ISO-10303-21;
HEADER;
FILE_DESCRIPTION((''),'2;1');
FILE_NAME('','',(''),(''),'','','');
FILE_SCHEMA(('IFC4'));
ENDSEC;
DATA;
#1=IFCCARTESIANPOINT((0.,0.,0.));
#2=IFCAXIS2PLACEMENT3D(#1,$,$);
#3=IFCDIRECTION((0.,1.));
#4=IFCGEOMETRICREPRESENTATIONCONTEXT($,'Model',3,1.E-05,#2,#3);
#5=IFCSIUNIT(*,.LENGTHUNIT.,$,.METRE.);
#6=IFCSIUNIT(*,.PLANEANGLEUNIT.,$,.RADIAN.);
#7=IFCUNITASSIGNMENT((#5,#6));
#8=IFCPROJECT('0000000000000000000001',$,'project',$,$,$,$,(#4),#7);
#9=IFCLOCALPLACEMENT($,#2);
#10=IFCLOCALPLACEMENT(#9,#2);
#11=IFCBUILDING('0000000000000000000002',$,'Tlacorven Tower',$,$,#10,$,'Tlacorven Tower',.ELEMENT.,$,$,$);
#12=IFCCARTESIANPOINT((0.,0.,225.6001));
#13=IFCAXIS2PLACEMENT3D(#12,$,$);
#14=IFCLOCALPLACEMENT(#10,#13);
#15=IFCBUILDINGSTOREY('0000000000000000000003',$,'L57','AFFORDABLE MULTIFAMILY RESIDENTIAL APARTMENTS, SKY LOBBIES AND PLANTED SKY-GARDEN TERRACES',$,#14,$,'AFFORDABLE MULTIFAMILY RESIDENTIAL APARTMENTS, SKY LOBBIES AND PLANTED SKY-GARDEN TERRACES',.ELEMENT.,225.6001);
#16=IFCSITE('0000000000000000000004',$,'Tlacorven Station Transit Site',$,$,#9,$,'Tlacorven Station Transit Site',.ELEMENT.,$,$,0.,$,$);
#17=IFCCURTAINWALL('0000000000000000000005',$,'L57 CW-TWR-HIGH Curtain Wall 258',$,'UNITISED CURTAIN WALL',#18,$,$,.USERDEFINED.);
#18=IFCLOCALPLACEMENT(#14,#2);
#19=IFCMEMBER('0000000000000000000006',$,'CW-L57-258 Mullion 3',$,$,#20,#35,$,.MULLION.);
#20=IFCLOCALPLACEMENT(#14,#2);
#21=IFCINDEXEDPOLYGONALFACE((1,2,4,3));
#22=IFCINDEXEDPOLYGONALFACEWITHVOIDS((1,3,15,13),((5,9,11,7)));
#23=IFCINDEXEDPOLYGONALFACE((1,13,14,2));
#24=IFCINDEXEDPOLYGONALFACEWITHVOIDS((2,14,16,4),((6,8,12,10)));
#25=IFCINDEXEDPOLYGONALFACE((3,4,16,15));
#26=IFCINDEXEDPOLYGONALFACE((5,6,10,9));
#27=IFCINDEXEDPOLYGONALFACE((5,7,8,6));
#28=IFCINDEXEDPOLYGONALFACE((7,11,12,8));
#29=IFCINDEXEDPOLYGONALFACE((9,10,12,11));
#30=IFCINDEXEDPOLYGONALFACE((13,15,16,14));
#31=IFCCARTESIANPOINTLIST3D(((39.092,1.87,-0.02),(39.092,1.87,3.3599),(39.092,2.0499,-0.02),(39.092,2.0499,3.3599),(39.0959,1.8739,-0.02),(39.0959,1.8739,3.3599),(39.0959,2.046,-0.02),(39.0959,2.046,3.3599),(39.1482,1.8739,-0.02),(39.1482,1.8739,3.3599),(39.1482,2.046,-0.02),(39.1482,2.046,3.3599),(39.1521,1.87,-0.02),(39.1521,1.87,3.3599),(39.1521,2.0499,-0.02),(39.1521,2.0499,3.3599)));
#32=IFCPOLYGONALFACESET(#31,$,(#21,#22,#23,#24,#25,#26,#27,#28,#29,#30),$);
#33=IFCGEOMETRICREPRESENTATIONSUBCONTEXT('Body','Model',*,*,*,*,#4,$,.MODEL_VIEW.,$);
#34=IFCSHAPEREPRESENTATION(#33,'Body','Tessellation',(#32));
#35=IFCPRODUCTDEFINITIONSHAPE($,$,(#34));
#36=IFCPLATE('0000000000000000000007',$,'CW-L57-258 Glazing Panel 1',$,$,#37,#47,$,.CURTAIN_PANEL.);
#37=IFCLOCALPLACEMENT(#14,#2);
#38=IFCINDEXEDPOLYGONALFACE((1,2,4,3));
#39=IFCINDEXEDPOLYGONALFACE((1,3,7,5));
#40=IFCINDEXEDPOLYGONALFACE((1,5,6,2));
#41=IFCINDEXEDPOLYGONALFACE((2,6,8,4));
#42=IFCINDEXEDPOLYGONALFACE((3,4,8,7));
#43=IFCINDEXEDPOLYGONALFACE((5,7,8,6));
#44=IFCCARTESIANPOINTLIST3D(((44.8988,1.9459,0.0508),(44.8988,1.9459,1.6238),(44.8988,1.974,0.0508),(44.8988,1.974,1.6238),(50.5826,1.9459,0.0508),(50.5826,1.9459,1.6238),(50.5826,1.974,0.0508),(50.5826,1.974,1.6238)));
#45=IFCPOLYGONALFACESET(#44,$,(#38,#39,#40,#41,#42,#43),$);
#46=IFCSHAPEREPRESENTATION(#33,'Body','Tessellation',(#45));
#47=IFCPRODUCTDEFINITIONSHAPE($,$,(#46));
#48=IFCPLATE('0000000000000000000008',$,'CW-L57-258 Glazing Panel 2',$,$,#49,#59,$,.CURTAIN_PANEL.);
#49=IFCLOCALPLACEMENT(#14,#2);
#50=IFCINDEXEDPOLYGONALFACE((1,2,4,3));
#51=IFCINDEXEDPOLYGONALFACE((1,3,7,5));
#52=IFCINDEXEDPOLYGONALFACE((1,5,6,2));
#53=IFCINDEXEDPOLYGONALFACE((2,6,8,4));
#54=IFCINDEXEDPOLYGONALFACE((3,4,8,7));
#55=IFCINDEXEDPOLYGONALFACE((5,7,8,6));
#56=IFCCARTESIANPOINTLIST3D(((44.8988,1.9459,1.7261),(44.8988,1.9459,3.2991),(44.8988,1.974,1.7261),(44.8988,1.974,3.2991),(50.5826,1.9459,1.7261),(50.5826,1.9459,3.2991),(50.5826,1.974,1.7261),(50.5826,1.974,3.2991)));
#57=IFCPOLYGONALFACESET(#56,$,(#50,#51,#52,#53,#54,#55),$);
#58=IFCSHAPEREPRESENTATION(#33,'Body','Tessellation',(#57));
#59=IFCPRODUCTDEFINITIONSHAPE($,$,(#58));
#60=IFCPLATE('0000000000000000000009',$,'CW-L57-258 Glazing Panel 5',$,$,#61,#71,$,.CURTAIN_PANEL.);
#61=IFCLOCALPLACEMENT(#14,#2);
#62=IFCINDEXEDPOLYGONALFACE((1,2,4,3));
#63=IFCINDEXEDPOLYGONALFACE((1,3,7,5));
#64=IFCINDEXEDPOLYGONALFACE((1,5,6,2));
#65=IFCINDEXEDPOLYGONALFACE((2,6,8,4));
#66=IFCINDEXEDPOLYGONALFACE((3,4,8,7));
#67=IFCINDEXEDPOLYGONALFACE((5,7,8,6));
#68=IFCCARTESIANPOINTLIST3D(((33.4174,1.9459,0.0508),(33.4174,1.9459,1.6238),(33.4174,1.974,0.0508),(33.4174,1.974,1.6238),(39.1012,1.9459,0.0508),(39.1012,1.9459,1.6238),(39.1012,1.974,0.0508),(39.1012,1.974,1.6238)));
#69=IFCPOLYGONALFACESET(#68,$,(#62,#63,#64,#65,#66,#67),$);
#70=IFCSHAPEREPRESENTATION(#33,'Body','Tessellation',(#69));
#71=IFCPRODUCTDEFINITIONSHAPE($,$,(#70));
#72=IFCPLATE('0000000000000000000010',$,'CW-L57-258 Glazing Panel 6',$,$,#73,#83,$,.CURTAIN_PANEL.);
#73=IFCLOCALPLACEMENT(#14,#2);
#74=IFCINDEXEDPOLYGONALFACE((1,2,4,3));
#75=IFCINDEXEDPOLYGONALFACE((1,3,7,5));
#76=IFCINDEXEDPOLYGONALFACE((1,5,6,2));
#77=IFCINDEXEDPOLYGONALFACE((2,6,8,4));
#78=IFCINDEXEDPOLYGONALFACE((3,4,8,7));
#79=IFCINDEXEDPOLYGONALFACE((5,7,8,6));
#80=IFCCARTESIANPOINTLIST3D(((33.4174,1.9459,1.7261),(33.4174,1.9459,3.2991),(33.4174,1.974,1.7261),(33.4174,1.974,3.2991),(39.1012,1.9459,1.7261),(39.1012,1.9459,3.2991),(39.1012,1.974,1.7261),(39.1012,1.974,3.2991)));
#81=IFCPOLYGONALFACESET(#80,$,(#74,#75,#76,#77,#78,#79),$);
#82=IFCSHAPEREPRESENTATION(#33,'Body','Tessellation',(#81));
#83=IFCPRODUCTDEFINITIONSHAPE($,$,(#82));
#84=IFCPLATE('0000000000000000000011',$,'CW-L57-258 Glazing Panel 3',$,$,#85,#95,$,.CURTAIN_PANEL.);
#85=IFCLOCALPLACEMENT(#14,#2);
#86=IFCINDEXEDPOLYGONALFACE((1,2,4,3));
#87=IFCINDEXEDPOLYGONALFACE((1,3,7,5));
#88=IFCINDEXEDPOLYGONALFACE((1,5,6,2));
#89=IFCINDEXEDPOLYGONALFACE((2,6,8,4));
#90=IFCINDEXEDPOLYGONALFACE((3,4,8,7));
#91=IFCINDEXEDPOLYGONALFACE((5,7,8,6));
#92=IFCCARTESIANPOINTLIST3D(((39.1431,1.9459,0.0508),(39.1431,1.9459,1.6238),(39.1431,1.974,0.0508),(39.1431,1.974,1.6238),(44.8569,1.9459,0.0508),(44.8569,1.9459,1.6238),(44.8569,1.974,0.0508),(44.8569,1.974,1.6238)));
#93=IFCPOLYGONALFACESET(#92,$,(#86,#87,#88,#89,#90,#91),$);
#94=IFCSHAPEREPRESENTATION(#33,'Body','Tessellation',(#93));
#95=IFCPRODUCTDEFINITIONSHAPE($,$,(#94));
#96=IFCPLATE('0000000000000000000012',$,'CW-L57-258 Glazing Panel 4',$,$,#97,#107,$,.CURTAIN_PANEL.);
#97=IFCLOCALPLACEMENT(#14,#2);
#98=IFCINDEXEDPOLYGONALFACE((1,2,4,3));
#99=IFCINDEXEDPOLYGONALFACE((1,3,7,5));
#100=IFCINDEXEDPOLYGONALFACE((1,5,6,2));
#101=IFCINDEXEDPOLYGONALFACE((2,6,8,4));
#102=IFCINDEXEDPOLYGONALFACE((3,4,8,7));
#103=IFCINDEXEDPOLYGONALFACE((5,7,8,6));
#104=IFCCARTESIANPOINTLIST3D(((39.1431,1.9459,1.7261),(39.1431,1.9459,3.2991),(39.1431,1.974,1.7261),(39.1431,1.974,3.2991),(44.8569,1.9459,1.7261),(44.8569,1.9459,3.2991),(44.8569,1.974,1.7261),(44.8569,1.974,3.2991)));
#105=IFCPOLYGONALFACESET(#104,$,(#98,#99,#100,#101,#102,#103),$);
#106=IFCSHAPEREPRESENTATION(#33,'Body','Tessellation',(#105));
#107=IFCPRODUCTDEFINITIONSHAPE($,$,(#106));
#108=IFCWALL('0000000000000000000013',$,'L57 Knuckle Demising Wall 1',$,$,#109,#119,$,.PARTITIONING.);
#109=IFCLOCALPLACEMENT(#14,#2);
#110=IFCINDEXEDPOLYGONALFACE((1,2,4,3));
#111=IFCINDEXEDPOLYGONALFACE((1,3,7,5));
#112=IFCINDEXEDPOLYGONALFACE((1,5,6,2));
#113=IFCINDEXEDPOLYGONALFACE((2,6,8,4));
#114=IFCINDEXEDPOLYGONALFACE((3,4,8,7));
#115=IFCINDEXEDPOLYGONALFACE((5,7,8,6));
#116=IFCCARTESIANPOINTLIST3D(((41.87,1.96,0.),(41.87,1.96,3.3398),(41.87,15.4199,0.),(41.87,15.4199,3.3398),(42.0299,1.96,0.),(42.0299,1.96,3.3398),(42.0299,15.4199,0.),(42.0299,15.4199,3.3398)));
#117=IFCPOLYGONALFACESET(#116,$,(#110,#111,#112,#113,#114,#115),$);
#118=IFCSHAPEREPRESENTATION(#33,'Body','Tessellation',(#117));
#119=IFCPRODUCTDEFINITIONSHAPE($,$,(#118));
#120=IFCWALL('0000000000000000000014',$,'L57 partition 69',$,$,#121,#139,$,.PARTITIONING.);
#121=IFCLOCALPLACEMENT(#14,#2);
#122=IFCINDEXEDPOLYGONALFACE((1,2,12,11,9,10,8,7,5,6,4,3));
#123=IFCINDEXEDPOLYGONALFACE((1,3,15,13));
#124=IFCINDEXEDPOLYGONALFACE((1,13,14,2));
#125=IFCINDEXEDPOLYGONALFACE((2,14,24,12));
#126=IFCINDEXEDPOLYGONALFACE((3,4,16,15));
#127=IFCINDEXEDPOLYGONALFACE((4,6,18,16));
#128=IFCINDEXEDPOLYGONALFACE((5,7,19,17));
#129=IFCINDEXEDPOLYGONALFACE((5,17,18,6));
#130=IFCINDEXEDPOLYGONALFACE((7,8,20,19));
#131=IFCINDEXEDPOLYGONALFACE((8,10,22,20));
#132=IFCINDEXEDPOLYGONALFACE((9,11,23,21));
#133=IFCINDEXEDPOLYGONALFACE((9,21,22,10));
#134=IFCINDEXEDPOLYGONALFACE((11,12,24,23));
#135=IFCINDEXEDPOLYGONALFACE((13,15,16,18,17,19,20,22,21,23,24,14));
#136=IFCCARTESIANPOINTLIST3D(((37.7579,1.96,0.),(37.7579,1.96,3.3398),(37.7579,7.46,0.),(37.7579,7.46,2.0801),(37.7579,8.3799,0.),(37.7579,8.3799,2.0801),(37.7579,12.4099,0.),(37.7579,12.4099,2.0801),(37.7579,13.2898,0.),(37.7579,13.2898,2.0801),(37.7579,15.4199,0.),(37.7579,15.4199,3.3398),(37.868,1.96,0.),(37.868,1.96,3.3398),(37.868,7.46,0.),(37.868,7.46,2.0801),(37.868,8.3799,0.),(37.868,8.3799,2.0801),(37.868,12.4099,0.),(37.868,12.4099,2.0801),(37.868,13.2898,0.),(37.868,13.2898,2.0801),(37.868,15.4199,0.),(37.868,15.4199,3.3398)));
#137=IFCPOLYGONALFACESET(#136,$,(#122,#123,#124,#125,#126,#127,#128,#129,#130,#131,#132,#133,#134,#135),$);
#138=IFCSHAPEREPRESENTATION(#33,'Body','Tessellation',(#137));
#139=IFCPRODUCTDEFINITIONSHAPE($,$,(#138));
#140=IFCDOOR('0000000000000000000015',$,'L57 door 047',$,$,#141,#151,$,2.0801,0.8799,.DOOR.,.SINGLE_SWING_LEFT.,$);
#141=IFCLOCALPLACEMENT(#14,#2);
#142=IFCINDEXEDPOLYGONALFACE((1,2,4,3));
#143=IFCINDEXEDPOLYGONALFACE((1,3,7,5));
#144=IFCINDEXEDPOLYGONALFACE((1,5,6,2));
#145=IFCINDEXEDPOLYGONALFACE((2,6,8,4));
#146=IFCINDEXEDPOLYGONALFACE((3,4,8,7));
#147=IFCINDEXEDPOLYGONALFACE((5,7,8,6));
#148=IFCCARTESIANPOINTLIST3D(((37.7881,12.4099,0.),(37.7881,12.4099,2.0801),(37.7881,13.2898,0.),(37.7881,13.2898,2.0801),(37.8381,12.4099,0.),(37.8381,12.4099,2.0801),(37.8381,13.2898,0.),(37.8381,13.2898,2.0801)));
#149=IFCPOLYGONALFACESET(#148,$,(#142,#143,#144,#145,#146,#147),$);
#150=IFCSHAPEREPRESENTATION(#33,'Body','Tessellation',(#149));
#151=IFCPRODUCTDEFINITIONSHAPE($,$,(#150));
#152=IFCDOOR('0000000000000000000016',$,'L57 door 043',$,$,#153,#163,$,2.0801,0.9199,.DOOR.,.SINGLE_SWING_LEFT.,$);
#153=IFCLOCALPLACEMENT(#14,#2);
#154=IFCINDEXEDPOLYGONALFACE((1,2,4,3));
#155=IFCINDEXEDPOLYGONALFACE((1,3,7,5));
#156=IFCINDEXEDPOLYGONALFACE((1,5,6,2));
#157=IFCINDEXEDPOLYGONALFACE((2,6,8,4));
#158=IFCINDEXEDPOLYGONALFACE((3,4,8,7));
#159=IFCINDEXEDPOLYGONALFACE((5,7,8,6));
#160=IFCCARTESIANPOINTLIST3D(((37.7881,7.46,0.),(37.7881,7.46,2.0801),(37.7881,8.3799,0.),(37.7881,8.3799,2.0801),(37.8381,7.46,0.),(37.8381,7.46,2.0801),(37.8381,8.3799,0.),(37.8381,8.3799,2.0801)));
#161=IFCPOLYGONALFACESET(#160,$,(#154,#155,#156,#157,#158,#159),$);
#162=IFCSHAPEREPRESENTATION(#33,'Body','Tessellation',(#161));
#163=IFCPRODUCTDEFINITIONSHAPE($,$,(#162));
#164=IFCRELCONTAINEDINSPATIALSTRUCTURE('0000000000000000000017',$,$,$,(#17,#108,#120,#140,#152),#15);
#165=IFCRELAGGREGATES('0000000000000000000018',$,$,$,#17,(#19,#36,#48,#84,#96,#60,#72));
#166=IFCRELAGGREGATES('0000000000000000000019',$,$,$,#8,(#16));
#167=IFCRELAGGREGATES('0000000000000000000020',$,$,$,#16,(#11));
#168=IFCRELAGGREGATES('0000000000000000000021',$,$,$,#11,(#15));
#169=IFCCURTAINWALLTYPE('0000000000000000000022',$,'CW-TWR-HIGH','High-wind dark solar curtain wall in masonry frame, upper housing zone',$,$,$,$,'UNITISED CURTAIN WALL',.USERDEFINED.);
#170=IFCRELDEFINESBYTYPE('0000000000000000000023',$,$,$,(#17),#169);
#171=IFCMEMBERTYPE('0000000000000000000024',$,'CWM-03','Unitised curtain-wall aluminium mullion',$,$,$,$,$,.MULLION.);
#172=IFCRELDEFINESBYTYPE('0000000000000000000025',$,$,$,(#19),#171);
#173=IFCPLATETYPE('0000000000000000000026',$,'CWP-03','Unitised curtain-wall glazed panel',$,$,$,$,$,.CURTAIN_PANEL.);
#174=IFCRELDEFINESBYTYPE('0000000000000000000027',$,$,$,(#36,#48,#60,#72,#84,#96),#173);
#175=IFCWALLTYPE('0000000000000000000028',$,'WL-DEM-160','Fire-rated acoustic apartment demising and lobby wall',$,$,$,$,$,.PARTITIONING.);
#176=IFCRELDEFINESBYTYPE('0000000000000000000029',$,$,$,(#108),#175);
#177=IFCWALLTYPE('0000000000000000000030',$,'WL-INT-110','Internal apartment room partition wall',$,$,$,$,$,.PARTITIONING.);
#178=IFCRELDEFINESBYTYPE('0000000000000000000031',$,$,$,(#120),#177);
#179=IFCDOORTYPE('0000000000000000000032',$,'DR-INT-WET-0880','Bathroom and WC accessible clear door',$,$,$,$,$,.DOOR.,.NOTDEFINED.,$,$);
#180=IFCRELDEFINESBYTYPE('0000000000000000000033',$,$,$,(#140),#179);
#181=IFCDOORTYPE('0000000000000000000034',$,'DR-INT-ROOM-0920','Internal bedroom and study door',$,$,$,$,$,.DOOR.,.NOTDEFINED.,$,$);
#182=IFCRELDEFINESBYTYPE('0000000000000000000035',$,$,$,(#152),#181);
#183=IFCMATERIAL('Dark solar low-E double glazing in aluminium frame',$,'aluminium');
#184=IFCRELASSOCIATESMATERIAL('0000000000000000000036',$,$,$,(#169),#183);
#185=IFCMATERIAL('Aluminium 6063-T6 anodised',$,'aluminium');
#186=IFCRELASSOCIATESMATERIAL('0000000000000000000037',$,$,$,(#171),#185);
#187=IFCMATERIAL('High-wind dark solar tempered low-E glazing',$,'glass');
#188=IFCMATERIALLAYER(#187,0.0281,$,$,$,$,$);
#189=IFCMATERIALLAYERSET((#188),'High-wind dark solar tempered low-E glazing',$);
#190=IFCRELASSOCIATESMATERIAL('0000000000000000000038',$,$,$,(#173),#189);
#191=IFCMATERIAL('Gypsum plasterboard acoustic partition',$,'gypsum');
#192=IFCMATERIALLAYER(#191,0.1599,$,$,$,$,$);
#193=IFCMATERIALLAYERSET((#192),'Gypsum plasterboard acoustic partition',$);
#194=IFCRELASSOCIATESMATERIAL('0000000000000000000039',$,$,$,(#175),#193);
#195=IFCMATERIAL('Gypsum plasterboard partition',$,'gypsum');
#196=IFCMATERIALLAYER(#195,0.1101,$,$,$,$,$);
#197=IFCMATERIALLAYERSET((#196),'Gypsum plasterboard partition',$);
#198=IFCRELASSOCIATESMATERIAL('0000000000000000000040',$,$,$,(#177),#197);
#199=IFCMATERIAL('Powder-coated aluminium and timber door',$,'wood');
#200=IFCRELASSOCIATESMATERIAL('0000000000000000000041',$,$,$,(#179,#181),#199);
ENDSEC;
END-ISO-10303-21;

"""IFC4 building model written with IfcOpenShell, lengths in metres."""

from ifc_helpers import new_model, si_unit, direction, frame, frame_2d, origin, origin_2d, place, context, subcontext, project, spatial, rectangle, hollow_rectangle, extrude, source, transform, mapped, material, layer, layer_set, material_profile, profile_set, type_object, element, fill, aggregate, save


model = new_model("IFC4")

# Units and contexts
model_context = context("Model", 3, precision=1e-05, world=origin(), true_north=direction((0.0, 1.0)))
body_context = subcontext(model_context, "Body", "Model", "MODEL_VIEW")
ifc_project = project(units=[si_unit("LENGTHUNIT", "METRE"), si_unit("PLANEANGLEUNIT", "RADIAN")], contexts=[model_context])

# Site, building, storey
site_placement = place(None, origin())
site = spatial("IfcSite", under=ifc_project, at=site_placement, Name="Tlacorven Station Transit Site", LongName="Tlacorven Station Transit Site", CompositionType="ELEMENT", RefElevation=0.0)
building_placement = place(site_placement, origin())
building = spatial("IfcBuilding", under=site, at=building_placement, Name="Tlacorven Tower", LongName="Tlacorven Tower", CompositionType="ELEMENT")
storey_placement = place(building_placement, frame((0.0, 0.0, 225.6001)))
storey = spatial("IfcBuildingStorey", under=building, at=storey_placement, Name="L57", Description="AFFORDABLE MULTIFAMILY RESIDENTIAL APARTMENTS, SKY LOBBIES AND PLANTED SKY-GARDEN TERRACES", LongName="AFFORDABLE MULTIFAMILY RESIDENTIAL APARTMENTS, SKY LOBBIES AND PLANTED SKY-GARDEN TERRACES", CompositionType="ELEMENT", Elevation=225.6001)

# Curtain wall, member, plates
ifc_material_1 = material(Name="Dark solar low-E double glazing in aluminium frame", Category="aluminium")
curtain_wall_type = type_object("IfcCurtainWallType", Name="CW-TWR-HIGH", Description="High-wind dark solar curtain wall in masonry frame, upper housing zone", ElementType="UNITISED CURTAIN WALL", PredefinedType="USERDEFINED", material=ifc_material_1)
curtain_wall_placement = place(storey_placement, origin())
curtain_wall = element("IfcCurtainWall", 1, at=curtain_wall_placement, inside=storey, type_object=curtain_wall_type, Name="L57 CW-TWR-HIGH Curtain Wall 258", ObjectType="UNITISED CURTAIN WALL", PredefinedType="USERDEFINED")
ifc_material_2 = material(Name="Aluminium 6063-T6 anodised", Category="aluminium")
ifc_material_profile_1 = material_profile(ifc_material_2, hollow_rectangle(XDim=0.0601, YDim=0.1799, WallThickness=0.0039, at=origin_2d()), Name="ALU MULLION 60X180")
ifc_profile_set_1 = profile_set([ifc_material_profile_1], Name="Aluminium 6063-T6 anodised")
member_type_1 = type_object("IfcMemberType", Name="CWM-03", Description="Unitised curtain-wall aluminium mullion", PredefinedType="MULLION", material=ifc_profile_set_1)
shared_shape_1 = source(origin(), body_context, "Body", "SweptSolid", [
    extrude(hollow_rectangle(XDim=0.0601, YDim=0.1799, WallThickness=0.0039, at=origin_2d()), origin(), (0.0, 0.0, 1.0), 3.3799),
])
member_1_placement = place(storey_placement, frame((39.1221, 1.96, -0.02), z_axis=(0.0, 0.0, 1.0), x_axis=(-1.0, 0.0, 0.0)))
member_1 = element("IfcMember", 2, at=member_1_placement, type_object=member_type_1, Name="CW-L57-258 Mullion 3", PredefinedType="MULLION", context=body_context, shape_type="MappedRepresentation", body=[
    mapped(shared_shape_1, transform((0.0, 0.0, 0.0), scale=1.0)),
])
ifc_material_3 = material(Name="High-wind dark solar tempered low-E glazing", Category="glass")
ifc_layer_1 = layer(ifc_material_3, 0.0281)
ifc_layer_set_1 = layer_set([ifc_layer_1], Name="High-wind dark solar tempered low-E glazing")
plate_type = type_object("IfcPlateType", Name="CWP-03", Description="Unitised curtain-wall glazed panel", PredefinedType="CURTAIN_PANEL", material=ifc_layer_set_1)
shared_shape_2 = source(origin(), body_context, "Body", "SweptSolid", [
    extrude(rectangle(XDim=5.6838, YDim=0.0281, at=origin_2d()), origin(), (0.0, 0.0, 1.0), 1.573),
])
plate_1_placement = place(storey_placement, frame((47.7407, 1.96, 0.0508), z_axis=(0.0, 0.0, 1.0), x_axis=(-1.0, 0.0, 0.0)))
plate_1 = element("IfcPlate", 3, at=plate_1_placement, type_object=plate_type, Name="CW-L57-258 Glazing Panel 1", PredefinedType="CURTAIN_PANEL", context=body_context, shape_type="MappedRepresentation", body=[
    mapped(shared_shape_2, transform((0.0, 0.0, 0.0), scale=1.0)),
])
plate_2_placement = place(storey_placement, frame((47.7407, 1.96, 1.7261), z_axis=(0.0, 0.0, 1.0), x_axis=(-1.0, 0.0, 0.0)))
plate_2 = element("IfcPlate", 4, at=plate_2_placement, type_object=plate_type, Name="CW-L57-258 Glazing Panel 2", PredefinedType="CURTAIN_PANEL", context=body_context, shape_type="MappedRepresentation", body=[
    mapped(shared_shape_2, transform((0.0, 0.0, 0.0), scale=1.0)),
])
plate_3_placement = place(storey_placement, frame((36.2593, 1.96, 0.0508), z_axis=(0.0, 0.0, 1.0), x_axis=(-1.0, 0.0, 0.0)))
plate_3 = element("IfcPlate", 5, at=plate_3_placement, type_object=plate_type, Name="CW-L57-258 Glazing Panel 5", PredefinedType="CURTAIN_PANEL", context=body_context, shape_type="MappedRepresentation", body=[
    mapped(shared_shape_2, transform((0.0, 0.0, 0.0), scale=1.0)),
])
plate_4_placement = place(storey_placement, frame((36.2593, 1.96, 1.7261), z_axis=(0.0, 0.0, 1.0), x_axis=(-1.0, 0.0, 0.0)))
plate_4 = element("IfcPlate", 6, at=plate_4_placement, type_object=plate_type, Name="CW-L57-258 Glazing Panel 6", PredefinedType="CURTAIN_PANEL", context=body_context, shape_type="MappedRepresentation", body=[
    mapped(shared_shape_2, transform((0.0, 0.0, 0.0), scale=1.0)),
])
shared_shape_3 = source(origin(), body_context, "Body", "SweptSolid", [
    extrude(rectangle(XDim=5.7139, YDim=0.0281, at=origin_2d()), origin(), (0.0, 0.0, 1.0), 1.573),
])
plate_5_placement = place(storey_placement, frame((42.0, 1.96, 0.0508), z_axis=(0.0, 0.0, 1.0), x_axis=(-1.0, 0.0, 0.0)))
plate_5 = element("IfcPlate", 7, at=plate_5_placement, type_object=plate_type, Name="CW-L57-258 Glazing Panel 3", PredefinedType="CURTAIN_PANEL", context=body_context, shape_type="MappedRepresentation", body=[
    mapped(shared_shape_3, transform((0.0, 0.0, 0.0), scale=1.0)),
])
plate_6_placement = place(storey_placement, frame((42.0, 1.96, 1.7261), z_axis=(0.0, 0.0, 1.0), x_axis=(-1.0, 0.0, 0.0)))
plate_6 = element("IfcPlate", 8, at=plate_6_placement, type_object=plate_type, Name="CW-L57-258 Glazing Panel 4", PredefinedType="CURTAIN_PANEL", context=body_context, shape_type="MappedRepresentation", body=[
    mapped(shared_shape_3, transform((0.0, 0.0, 0.0), scale=1.0)),
])
aggregate(curtain_wall, [member_1, plate_1, plate_2, plate_5, plate_6, plate_3, plate_4])

# Wall
ifc_material_4 = material(Name="Gypsum plasterboard acoustic partition", Category="gypsum")
ifc_layer_2 = layer(ifc_material_4, 0.1599)
ifc_layer_set_2 = layer_set([ifc_layer_2], Name="Gypsum plasterboard acoustic partition")
wall_type_1 = type_object("IfcWallType", Name="WL-DEM-160", Description="Fire-rated acoustic apartment demising and lobby wall", PredefinedType="PARTITIONING", material=ifc_layer_set_2)
wall_1_placement = place(storey_placement, frame((41.95, 1.96, 0.0), z_axis=(0.0, 0.0, 1.0), x_axis=(0.0, 1.0, 0.0)))
element("IfcWall", 9, at=wall_1_placement, inside=storey, type_object=wall_type_1, Name="L57 Knuckle Demising Wall 1", PredefinedType="PARTITIONING", context=body_context, shape_type="SweptSolid", body=[
    extrude(rectangle(XDim=13.46, YDim=0.1599, at=frame_2d((6.73, 0.0))), origin(), (0.0, 0.0, 1.0), 3.3398),
])

# Wall, openings, doors
ifc_material_5 = material(Name="Gypsum plasterboard partition", Category="gypsum")
ifc_layer_3 = layer(ifc_material_5, 0.1101)
ifc_layer_set_3 = layer_set([ifc_layer_3], Name="Gypsum plasterboard partition")
wall_type_2 = type_object("IfcWallType", Name="WL-INT-110", Description="Internal apartment room partition wall", PredefinedType="PARTITIONING", material=ifc_layer_set_3)
wall_2_placement = place(storey_placement, frame((37.813, 1.96, 0.0), z_axis=(0.0, 0.0, 1.0), x_axis=(0.0, 1.0, 0.0)))
wall_2 = element("IfcWall", 10, at=wall_2_placement, inside=storey, type_object=wall_type_2, Name="L57 partition 69", PredefinedType="PARTITIONING", context=body_context, shape_type="SweptSolid", body=[
    extrude(rectangle(XDim=13.46, YDim=0.1101, at=frame_2d((6.73, 0.0))), origin(), (0.0, 0.0, 1.0), 3.3398),
])
opening_1_placement = place(wall_2_placement, frame((5.5, 0.0, 0.0)))
opening_1 = element("IfcOpeningElement", 11, at=opening_1_placement, cuts=wall_2, PredefinedType="OPENING", context=body_context, shape_type="SweptSolid", body=[
    extrude(rectangle(XDim=0.9199, YDim=2.0801, at=frame_2d((0.46, 1.04))), frame((0.0, 0.0649, 0.0), z_axis=(0.0, -1.0, 0.0), x_axis=(1.0, 0.0, 0.0)), (0.0, 0.0, 1.0), 0.1301),
])
opening_2_placement = place(wall_2_placement, frame((10.45, 0.0, 0.0)))
opening_2 = element("IfcOpeningElement", 12, at=opening_2_placement, cuts=wall_2, PredefinedType="OPENING", context=body_context, shape_type="SweptSolid", body=[
    extrude(rectangle(XDim=0.8799, YDim=2.0801, at=frame_2d((0.4399, 1.04))), frame((0.0, 0.0649, 0.0), z_axis=(0.0, -1.0, 0.0), x_axis=(1.0, 0.0, 0.0)), (0.0, 0.0, 1.0), 0.1301),
])
ifc_material_6 = material(Name="Powder-coated aluminium and timber door", Category="wood")
door_type_1 = type_object("IfcDoorType", Name="DR-INT-WET-0880", Description="Bathroom and WC accessible clear door", OperationType="NOTDEFINED", PredefinedType="DOOR", material=ifc_material_6)
shared_shape_4 = source(origin(), body_context, "Body", "SweptSolid", [
    extrude(rectangle(XDim=0.8799, YDim=2.0801, at=frame_2d((0.4399, 1.04))), frame((0.0, 0.0249, 0.0), z_axis=(0.0, -1.0, 0.0), x_axis=(1.0, 0.0, 0.0)), (0.0, 0.0, 1.0), 0.05),
])
door_1_placement = place(opening_2_placement, origin())
door_1 = element("IfcDoor", 13, at=door_1_placement, inside=storey, type_object=door_type_1, Name="L57 door 047", OperationType="SINGLE_SWING_LEFT", OverallHeight=2.0801, OverallWidth=0.8799, PredefinedType="DOOR", context=body_context, shape_type="MappedRepresentation", body=[
    mapped(shared_shape_4, transform((0.0, 0.0, 0.0), scale=1.0)),
])
fill(opening_2, door_1)
door_type_2 = type_object("IfcDoorType", Name="DR-INT-ROOM-0920", Description="Internal bedroom and study door", OperationType="NOTDEFINED", PredefinedType="DOOR", material=ifc_material_6)
shared_shape_5 = source(origin(), body_context, "Body", "SweptSolid", [
    extrude(rectangle(XDim=0.9199, YDim=2.0801, at=frame_2d((0.46, 1.04))), frame((0.0, 0.0249, 0.0), z_axis=(0.0, -1.0, 0.0), x_axis=(1.0, 0.0, 0.0)), (0.0, 0.0, 1.0), 0.05),
])
door_2_placement = place(opening_1_placement, origin())
door_2 = element("IfcDoor", 14, at=door_2_placement, inside=storey, type_object=door_type_2, Name="L57 door 043", OperationType="SINGLE_SWING_LEFT", OverallHeight=2.0801, OverallWidth=0.9199, PredefinedType="DOOR", context=body_context, shape_type="MappedRepresentation", body=[
    mapped(shared_shape_5, transform((0.0, 0.0, 0.0), scale=1.0)),
])
fill(opening_1, door_2)

save(model, "model.ifc")
